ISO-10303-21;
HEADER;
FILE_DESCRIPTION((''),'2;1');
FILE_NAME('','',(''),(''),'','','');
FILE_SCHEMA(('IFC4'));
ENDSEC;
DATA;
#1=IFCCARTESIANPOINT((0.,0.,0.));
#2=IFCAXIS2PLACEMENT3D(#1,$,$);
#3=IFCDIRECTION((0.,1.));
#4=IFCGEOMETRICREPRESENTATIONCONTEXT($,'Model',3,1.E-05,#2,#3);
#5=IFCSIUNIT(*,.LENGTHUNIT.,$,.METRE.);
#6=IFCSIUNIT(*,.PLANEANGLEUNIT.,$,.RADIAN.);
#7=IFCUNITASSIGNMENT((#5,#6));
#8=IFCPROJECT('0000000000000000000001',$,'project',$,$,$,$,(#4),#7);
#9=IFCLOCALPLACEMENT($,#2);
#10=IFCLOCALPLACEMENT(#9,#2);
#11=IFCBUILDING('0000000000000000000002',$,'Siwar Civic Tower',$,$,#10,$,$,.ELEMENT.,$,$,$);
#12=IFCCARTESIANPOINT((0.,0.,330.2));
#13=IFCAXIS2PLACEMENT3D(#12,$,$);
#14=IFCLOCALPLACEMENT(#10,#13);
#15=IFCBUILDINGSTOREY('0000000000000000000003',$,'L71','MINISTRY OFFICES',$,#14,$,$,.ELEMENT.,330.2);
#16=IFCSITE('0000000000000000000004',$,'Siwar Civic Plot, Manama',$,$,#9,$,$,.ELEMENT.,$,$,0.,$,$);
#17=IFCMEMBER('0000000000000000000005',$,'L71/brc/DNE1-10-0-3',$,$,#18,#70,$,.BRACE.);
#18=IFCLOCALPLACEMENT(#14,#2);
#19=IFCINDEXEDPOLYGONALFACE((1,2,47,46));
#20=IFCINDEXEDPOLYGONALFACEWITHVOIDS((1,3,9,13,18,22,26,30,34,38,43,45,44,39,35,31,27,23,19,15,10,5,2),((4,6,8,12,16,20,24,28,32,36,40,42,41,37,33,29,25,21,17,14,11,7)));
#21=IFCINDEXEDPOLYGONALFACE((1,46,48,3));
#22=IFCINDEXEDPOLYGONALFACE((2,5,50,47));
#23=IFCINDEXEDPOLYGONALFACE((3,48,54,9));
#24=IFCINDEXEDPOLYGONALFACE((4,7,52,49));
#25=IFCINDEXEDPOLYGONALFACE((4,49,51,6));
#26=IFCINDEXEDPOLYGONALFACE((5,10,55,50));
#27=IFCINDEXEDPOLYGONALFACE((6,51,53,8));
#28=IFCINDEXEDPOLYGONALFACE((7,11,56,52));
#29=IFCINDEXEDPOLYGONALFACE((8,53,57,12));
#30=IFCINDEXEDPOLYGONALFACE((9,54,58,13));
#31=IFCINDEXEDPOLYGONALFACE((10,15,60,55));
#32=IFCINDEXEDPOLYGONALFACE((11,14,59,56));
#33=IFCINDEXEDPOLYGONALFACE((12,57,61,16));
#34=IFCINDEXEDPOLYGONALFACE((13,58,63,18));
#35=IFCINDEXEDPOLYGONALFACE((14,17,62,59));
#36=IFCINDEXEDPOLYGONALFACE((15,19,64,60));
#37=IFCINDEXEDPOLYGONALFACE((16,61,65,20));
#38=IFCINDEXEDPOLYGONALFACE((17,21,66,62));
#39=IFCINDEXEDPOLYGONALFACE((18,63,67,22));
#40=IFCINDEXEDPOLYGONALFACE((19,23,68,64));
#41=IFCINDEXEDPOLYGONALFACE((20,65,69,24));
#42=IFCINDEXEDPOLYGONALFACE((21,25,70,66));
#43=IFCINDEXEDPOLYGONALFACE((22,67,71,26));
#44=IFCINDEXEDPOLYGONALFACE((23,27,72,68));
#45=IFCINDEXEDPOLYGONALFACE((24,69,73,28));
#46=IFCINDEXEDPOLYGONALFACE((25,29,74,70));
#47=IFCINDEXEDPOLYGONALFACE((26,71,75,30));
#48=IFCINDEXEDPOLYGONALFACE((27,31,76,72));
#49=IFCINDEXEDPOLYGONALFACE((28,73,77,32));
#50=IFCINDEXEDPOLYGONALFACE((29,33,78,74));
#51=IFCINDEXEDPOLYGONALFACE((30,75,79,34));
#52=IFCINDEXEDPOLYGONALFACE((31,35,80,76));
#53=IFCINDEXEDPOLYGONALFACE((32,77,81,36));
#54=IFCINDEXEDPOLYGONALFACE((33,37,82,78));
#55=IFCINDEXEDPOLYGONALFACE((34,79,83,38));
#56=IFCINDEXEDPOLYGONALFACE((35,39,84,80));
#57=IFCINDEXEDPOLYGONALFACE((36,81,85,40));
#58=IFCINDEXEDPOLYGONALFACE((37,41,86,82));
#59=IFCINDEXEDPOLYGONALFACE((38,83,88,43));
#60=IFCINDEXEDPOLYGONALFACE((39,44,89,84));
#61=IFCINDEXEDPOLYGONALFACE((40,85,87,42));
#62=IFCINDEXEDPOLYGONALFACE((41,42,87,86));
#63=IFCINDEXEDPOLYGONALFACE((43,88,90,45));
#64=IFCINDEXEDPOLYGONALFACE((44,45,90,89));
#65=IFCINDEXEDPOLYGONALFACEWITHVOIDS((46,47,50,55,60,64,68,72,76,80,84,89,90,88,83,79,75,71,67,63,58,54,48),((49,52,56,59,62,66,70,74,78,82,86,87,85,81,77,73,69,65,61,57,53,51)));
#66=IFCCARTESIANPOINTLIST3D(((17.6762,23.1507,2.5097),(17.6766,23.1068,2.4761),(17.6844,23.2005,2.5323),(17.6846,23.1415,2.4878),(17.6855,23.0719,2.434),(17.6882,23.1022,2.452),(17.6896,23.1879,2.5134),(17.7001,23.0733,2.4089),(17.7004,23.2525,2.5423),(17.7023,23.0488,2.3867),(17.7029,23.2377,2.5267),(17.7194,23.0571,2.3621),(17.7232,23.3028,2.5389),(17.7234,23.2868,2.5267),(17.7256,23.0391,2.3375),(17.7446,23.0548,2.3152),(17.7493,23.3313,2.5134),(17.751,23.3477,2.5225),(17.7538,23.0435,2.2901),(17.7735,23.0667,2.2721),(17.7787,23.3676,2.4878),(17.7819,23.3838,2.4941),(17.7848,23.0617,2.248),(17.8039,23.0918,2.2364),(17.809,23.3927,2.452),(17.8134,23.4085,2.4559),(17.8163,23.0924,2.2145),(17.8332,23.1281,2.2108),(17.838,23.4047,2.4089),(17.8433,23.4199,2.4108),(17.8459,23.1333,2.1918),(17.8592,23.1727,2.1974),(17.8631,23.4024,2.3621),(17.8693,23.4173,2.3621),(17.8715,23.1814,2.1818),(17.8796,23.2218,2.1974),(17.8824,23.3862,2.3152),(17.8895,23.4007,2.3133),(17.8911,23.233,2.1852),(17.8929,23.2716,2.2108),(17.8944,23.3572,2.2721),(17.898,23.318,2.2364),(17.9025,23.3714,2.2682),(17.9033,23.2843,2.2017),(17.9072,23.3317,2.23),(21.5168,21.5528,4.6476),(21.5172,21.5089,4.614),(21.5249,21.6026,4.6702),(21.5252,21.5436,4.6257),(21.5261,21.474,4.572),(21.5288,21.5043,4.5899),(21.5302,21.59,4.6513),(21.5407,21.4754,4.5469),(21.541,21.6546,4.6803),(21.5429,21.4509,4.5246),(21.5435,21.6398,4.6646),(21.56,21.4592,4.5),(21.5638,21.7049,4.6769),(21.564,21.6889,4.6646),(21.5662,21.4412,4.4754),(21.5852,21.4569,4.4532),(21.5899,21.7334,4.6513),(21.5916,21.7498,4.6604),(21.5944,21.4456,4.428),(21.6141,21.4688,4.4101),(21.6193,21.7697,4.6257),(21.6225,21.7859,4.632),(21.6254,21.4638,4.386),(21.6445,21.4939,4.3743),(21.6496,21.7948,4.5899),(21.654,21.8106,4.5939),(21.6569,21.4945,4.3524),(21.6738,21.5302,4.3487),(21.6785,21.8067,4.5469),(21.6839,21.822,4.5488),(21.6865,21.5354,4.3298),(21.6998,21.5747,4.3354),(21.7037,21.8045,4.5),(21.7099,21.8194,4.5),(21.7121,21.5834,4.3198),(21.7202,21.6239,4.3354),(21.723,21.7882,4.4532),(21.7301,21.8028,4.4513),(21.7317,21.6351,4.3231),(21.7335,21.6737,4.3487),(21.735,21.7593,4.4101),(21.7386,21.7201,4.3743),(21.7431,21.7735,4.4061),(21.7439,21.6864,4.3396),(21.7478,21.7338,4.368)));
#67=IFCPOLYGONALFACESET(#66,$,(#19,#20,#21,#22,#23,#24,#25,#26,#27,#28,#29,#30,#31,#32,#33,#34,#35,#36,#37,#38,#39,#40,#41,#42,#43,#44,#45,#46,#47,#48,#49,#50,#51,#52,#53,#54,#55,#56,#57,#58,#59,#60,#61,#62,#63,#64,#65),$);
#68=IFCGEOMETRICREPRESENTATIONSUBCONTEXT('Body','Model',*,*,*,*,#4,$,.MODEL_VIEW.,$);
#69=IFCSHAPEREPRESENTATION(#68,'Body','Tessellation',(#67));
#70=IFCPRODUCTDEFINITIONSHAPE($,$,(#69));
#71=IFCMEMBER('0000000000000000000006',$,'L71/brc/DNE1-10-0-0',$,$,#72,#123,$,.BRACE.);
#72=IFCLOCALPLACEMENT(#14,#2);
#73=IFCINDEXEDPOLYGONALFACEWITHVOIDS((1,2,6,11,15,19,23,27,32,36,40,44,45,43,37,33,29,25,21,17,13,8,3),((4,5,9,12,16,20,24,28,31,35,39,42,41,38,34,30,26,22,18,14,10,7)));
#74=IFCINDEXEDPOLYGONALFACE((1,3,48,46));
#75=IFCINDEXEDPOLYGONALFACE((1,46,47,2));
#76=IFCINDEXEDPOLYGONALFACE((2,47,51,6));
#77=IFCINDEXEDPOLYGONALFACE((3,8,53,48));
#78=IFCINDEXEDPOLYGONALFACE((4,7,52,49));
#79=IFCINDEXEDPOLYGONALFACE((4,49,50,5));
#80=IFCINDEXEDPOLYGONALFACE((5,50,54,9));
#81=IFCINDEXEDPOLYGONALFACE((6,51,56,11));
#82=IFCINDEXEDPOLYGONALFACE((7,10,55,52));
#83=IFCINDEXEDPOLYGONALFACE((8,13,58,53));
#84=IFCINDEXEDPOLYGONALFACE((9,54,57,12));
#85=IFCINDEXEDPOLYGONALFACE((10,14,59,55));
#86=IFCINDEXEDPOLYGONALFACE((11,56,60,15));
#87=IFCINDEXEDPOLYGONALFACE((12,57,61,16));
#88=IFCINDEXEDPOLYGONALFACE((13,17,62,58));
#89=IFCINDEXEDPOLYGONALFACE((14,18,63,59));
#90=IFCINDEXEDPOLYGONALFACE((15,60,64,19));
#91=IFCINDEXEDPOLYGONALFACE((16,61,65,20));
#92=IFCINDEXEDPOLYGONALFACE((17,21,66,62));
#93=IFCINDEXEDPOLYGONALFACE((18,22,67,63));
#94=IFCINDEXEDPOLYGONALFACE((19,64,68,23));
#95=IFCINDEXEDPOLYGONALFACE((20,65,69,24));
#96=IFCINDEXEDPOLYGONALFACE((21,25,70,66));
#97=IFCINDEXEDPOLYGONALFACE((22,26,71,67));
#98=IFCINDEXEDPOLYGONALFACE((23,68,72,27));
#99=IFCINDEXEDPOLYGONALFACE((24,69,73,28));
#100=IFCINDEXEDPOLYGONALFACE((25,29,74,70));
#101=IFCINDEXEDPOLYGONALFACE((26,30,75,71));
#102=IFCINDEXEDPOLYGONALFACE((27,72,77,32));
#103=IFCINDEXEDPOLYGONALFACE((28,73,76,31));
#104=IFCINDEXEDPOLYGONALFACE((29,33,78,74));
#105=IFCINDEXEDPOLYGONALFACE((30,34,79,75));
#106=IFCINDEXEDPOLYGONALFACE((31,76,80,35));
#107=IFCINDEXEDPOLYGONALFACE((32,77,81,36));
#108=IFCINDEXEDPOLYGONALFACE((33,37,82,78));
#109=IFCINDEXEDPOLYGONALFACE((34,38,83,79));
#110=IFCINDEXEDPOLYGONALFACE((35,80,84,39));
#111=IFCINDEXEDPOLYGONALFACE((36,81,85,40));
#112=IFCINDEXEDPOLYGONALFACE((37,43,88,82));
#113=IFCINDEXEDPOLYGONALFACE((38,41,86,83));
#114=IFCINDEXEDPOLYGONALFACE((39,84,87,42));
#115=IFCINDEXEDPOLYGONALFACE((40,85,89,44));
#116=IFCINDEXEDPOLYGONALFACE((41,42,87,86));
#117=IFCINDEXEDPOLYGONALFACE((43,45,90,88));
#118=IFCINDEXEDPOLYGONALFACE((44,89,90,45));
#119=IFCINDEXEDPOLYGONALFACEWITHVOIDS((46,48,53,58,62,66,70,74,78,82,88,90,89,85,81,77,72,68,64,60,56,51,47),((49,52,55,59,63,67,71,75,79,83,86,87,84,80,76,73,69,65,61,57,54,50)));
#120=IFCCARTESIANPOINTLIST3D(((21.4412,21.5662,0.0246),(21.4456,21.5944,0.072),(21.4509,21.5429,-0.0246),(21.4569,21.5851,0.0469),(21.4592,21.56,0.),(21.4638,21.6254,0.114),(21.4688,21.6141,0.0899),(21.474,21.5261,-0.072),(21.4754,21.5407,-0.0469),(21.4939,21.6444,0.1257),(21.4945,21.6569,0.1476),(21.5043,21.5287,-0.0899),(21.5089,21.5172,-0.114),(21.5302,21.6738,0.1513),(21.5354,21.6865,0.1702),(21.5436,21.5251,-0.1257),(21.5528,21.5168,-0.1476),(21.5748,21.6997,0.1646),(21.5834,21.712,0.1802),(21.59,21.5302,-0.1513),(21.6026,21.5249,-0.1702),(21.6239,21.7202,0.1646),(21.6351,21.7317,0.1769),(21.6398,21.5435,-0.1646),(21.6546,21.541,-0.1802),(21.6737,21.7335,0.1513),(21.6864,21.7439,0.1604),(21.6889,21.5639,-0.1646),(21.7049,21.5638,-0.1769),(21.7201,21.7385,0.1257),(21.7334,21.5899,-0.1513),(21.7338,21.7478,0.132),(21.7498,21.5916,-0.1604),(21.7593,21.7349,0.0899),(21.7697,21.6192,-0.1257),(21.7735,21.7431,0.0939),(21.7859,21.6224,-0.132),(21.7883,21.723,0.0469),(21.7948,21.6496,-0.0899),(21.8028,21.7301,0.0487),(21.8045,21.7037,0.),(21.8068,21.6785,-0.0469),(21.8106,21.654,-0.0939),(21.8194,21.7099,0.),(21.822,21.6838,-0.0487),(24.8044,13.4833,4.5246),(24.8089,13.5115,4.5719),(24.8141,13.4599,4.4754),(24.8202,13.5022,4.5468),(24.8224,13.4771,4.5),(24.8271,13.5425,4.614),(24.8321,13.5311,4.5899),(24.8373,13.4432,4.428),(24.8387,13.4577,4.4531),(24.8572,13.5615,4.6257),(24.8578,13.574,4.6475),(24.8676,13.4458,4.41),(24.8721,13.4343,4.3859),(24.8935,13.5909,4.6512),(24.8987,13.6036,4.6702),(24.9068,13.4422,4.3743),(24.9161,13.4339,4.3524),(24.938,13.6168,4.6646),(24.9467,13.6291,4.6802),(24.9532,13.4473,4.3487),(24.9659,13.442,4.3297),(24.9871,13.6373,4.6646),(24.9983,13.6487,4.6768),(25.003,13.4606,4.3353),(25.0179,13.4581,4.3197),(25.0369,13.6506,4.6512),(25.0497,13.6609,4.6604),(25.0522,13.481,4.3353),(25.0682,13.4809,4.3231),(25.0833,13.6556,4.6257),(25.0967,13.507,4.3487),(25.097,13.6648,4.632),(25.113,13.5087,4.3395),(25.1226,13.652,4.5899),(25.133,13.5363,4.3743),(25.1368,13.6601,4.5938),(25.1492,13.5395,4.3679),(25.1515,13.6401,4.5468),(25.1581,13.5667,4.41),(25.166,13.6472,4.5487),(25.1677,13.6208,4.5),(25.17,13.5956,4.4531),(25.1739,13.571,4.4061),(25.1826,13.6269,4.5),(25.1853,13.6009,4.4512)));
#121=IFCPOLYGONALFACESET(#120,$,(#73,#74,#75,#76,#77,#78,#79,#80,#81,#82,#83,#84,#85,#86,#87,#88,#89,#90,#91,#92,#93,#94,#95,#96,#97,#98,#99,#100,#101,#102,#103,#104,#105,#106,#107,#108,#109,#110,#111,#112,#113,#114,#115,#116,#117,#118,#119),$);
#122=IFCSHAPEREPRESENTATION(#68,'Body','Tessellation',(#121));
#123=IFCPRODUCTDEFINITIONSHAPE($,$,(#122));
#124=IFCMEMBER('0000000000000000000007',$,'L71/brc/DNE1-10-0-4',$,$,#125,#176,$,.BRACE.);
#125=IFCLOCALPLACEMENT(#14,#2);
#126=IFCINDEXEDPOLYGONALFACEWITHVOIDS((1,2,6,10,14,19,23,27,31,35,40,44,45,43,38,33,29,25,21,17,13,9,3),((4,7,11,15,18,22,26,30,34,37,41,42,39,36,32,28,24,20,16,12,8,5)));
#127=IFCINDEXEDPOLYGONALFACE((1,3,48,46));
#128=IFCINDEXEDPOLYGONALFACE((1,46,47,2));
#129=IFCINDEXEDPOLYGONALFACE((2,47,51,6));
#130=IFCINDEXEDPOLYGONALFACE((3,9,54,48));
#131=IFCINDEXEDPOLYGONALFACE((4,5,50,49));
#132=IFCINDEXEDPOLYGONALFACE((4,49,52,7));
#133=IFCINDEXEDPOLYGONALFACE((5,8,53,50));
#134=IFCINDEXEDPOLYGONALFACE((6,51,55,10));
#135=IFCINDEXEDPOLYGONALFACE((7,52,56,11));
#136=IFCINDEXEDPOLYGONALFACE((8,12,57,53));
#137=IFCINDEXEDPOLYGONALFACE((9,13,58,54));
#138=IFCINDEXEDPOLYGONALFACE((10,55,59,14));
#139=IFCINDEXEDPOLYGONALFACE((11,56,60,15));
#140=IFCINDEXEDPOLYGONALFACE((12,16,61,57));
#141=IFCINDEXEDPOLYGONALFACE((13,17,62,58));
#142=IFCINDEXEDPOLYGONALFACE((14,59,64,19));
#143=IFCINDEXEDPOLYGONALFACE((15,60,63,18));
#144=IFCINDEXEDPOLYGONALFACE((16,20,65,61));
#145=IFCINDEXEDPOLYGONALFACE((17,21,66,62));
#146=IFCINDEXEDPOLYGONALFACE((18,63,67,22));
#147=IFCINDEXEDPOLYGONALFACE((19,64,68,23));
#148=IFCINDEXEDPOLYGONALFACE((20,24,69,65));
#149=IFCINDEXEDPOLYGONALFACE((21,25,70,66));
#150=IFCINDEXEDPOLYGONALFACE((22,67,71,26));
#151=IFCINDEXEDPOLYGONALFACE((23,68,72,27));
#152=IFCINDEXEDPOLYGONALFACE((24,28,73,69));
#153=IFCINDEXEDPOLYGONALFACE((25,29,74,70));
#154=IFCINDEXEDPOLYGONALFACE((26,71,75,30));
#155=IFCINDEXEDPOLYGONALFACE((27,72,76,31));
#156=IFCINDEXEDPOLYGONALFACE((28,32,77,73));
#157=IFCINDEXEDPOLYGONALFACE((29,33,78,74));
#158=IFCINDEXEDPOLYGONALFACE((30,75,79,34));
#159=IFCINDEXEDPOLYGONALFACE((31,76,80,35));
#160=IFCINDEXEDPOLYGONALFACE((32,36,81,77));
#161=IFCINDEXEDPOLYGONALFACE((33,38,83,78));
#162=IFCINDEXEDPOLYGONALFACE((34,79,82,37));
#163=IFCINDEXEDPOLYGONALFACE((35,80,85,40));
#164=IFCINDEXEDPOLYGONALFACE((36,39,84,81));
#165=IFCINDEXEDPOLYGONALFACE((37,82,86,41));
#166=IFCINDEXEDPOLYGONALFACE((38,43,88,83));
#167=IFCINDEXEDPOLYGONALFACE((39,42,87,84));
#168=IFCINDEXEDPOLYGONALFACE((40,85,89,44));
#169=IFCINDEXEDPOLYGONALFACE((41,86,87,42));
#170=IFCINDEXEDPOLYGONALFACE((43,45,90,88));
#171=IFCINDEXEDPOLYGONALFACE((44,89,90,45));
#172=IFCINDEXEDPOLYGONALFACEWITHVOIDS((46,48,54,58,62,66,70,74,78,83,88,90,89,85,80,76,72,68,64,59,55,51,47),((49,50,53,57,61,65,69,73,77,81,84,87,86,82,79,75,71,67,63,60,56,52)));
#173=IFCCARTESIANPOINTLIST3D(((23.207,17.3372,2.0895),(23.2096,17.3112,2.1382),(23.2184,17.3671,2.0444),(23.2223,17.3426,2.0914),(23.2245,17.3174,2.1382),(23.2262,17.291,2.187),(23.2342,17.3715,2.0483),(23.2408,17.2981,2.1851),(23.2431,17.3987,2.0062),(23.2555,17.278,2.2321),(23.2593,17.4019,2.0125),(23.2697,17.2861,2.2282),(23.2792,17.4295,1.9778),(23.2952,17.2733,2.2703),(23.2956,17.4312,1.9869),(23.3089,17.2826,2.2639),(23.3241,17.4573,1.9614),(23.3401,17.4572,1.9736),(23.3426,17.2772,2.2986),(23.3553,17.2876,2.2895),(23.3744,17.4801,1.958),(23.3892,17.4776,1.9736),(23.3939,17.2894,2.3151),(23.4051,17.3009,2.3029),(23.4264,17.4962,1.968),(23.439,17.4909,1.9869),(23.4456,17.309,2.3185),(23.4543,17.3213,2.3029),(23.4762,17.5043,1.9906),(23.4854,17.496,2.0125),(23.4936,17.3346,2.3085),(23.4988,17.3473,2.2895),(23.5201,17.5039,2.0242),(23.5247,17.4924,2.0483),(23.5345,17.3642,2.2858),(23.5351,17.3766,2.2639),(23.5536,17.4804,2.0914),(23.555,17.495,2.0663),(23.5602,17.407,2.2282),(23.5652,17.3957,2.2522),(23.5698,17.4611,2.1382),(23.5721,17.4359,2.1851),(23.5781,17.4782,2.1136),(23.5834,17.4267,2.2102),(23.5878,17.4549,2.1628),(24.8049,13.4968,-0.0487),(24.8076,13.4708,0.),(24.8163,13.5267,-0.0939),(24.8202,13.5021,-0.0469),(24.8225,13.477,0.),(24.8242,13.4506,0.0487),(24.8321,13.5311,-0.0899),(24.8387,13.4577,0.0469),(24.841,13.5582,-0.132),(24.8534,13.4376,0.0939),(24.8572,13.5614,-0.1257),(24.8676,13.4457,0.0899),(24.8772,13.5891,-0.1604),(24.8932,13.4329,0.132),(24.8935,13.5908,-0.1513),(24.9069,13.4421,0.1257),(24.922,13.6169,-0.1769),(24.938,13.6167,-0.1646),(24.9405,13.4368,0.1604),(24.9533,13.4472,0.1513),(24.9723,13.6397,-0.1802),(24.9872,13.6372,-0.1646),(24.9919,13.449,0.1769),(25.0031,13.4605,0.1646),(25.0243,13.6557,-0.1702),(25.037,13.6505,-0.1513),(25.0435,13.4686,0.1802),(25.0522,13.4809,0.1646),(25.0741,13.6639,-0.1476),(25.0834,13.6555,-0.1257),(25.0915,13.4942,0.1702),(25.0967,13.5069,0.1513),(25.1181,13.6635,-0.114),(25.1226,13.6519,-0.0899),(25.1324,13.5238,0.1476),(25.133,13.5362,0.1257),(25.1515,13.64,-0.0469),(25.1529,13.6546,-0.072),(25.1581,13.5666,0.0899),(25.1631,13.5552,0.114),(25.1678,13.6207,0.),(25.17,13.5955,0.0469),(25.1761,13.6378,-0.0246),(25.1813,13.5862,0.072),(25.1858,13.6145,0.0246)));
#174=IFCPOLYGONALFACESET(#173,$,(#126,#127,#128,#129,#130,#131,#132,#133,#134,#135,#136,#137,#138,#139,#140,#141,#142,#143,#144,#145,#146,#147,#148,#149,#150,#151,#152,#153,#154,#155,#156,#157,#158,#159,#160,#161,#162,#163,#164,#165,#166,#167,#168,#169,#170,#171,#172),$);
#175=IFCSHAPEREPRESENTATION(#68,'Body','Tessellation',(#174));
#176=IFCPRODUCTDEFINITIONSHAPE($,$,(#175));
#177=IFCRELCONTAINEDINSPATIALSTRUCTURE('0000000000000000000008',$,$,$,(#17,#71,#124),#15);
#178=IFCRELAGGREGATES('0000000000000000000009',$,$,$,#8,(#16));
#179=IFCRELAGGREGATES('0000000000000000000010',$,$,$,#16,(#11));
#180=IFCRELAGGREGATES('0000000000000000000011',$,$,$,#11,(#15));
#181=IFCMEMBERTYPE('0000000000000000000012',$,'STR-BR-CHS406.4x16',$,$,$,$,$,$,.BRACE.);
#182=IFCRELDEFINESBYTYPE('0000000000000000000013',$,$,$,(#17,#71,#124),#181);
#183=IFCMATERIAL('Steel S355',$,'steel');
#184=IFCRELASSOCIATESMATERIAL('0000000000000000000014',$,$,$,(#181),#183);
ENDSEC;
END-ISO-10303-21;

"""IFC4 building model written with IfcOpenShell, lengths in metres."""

from ifc_helpers import new_model, si_unit, direction, frame, origin, origin_2d, place, context, subcontext, project, spatial, hollow_circle, extrude, material, material_profile, profile_set, type_object, element, save


model = new_model("IFC4")

# Units and contexts
model_context = context("Model", 3, precision=1e-05, world=origin(), true_north=direction((0.0, 1.0)))
body_context = subcontext(model_context, "Body", "Model", "MODEL_VIEW")
ifc_project = project(units=[si_unit("LENGTHUNIT", "METRE"), si_unit("PLANEANGLEUNIT", "RADIAN")], contexts=[model_context])

# Site, building, storey
site_placement = place(None, origin())
site = spatial("IfcSite", under=ifc_project, at=site_placement, Name="Siwar Civic Plot, Manama", CompositionType="ELEMENT", RefElevation=0.0)
building_placement = place(site_placement, origin())
building = spatial("IfcBuilding", under=site, at=building_placement, Name="Siwar Civic Tower", CompositionType="ELEMENT")
storey_placement = place(building_placement, frame((0.0, 0.0, 330.2)))
storey = spatial("IfcBuildingStorey", under=building, at=storey_placement, Name="L71", Description="MINISTRY OFFICES", CompositionType="ELEMENT", Elevation=330.2)

# Members
ifc_material_1 = material(Name="Steel S355", Category="steel")
ifc_material_profile_1 = material_profile(ifc_material_1, hollow_circle(Radius=0.2031, WallThickness=0.0161, at=origin_2d()), Name="CHS406.4x16")
ifc_profile_set_1 = profile_set([ifc_material_profile_1], Name="Steel S355")
member_type_1 = type_object("IfcMemberType", Name="STR-BR-CHS406.4x16", PredefinedType="BRACE", material=ifc_profile_set_1)
for number, where, z_axis, x_axis, name in (
    (1, (17.7913, 23.2297, 2.3621), (0.821167, -0.341653, 0.45712), (0.384136, 0.923276, 0.0), "L71/brc/DNE1-10-0-3"),
):
    element("IfcMember", number, at=place(storey_placement, frame(where, z_axis=z_axis, x_axis=x_axis)), inside=storey, type_object=member_type_1, Name=name, PredefinedType="BRACE", context=body_context, shape_type="SweptSolid", body=[
        extrude(hollow_circle(Radius=0.2031, WallThickness=0.0161, at=origin_2d()), origin(), (0.0, 0.0, 1.0), 4.677),
    ])
member_1_placement = place(storey_placement, frame((21.6318, 21.6318, 0.0), z_axis=(0.341671, -0.821143, 0.457149), x_axis=(0.923265, 0.384164, 0.0)))
element("IfcMember", 2, at=member_1_placement, inside=storey, type_object=member_type_1, Name="L71/brc/DNE1-10-0-0", PredefinedType="BRACE", context=body_context, shape_type="SweptSolid", body=[
    extrude(hollow_circle(Radius=0.2031, WallThickness=0.0161, at=origin_2d()), origin(), (0.0, 0.0, 1.0), 9.8435),
])
for number, where, z_axis, x_axis, name in (
    (3, (24.9951, 13.5488, 0.0), (-0.341659, 0.82113, 0.457181), (-0.923268, -0.384157, 0.0), "L71/brc/DNE1-10-0-4"),
):
    element("IfcMember", number, at=place(storey_placement, frame(where, z_axis=z_axis, x_axis=x_axis)), inside=storey, type_object=member_type_1, Name=name, PredefinedType="BRACE", context=body_context, shape_type="SweptSolid", body=[
        extrude(hollow_circle(Radius=0.2031, WallThickness=0.0161, at=origin_2d()), origin(), (0.0, 0.0, 1.0), 4.677),
    ])

save(model, "model.ifc")
